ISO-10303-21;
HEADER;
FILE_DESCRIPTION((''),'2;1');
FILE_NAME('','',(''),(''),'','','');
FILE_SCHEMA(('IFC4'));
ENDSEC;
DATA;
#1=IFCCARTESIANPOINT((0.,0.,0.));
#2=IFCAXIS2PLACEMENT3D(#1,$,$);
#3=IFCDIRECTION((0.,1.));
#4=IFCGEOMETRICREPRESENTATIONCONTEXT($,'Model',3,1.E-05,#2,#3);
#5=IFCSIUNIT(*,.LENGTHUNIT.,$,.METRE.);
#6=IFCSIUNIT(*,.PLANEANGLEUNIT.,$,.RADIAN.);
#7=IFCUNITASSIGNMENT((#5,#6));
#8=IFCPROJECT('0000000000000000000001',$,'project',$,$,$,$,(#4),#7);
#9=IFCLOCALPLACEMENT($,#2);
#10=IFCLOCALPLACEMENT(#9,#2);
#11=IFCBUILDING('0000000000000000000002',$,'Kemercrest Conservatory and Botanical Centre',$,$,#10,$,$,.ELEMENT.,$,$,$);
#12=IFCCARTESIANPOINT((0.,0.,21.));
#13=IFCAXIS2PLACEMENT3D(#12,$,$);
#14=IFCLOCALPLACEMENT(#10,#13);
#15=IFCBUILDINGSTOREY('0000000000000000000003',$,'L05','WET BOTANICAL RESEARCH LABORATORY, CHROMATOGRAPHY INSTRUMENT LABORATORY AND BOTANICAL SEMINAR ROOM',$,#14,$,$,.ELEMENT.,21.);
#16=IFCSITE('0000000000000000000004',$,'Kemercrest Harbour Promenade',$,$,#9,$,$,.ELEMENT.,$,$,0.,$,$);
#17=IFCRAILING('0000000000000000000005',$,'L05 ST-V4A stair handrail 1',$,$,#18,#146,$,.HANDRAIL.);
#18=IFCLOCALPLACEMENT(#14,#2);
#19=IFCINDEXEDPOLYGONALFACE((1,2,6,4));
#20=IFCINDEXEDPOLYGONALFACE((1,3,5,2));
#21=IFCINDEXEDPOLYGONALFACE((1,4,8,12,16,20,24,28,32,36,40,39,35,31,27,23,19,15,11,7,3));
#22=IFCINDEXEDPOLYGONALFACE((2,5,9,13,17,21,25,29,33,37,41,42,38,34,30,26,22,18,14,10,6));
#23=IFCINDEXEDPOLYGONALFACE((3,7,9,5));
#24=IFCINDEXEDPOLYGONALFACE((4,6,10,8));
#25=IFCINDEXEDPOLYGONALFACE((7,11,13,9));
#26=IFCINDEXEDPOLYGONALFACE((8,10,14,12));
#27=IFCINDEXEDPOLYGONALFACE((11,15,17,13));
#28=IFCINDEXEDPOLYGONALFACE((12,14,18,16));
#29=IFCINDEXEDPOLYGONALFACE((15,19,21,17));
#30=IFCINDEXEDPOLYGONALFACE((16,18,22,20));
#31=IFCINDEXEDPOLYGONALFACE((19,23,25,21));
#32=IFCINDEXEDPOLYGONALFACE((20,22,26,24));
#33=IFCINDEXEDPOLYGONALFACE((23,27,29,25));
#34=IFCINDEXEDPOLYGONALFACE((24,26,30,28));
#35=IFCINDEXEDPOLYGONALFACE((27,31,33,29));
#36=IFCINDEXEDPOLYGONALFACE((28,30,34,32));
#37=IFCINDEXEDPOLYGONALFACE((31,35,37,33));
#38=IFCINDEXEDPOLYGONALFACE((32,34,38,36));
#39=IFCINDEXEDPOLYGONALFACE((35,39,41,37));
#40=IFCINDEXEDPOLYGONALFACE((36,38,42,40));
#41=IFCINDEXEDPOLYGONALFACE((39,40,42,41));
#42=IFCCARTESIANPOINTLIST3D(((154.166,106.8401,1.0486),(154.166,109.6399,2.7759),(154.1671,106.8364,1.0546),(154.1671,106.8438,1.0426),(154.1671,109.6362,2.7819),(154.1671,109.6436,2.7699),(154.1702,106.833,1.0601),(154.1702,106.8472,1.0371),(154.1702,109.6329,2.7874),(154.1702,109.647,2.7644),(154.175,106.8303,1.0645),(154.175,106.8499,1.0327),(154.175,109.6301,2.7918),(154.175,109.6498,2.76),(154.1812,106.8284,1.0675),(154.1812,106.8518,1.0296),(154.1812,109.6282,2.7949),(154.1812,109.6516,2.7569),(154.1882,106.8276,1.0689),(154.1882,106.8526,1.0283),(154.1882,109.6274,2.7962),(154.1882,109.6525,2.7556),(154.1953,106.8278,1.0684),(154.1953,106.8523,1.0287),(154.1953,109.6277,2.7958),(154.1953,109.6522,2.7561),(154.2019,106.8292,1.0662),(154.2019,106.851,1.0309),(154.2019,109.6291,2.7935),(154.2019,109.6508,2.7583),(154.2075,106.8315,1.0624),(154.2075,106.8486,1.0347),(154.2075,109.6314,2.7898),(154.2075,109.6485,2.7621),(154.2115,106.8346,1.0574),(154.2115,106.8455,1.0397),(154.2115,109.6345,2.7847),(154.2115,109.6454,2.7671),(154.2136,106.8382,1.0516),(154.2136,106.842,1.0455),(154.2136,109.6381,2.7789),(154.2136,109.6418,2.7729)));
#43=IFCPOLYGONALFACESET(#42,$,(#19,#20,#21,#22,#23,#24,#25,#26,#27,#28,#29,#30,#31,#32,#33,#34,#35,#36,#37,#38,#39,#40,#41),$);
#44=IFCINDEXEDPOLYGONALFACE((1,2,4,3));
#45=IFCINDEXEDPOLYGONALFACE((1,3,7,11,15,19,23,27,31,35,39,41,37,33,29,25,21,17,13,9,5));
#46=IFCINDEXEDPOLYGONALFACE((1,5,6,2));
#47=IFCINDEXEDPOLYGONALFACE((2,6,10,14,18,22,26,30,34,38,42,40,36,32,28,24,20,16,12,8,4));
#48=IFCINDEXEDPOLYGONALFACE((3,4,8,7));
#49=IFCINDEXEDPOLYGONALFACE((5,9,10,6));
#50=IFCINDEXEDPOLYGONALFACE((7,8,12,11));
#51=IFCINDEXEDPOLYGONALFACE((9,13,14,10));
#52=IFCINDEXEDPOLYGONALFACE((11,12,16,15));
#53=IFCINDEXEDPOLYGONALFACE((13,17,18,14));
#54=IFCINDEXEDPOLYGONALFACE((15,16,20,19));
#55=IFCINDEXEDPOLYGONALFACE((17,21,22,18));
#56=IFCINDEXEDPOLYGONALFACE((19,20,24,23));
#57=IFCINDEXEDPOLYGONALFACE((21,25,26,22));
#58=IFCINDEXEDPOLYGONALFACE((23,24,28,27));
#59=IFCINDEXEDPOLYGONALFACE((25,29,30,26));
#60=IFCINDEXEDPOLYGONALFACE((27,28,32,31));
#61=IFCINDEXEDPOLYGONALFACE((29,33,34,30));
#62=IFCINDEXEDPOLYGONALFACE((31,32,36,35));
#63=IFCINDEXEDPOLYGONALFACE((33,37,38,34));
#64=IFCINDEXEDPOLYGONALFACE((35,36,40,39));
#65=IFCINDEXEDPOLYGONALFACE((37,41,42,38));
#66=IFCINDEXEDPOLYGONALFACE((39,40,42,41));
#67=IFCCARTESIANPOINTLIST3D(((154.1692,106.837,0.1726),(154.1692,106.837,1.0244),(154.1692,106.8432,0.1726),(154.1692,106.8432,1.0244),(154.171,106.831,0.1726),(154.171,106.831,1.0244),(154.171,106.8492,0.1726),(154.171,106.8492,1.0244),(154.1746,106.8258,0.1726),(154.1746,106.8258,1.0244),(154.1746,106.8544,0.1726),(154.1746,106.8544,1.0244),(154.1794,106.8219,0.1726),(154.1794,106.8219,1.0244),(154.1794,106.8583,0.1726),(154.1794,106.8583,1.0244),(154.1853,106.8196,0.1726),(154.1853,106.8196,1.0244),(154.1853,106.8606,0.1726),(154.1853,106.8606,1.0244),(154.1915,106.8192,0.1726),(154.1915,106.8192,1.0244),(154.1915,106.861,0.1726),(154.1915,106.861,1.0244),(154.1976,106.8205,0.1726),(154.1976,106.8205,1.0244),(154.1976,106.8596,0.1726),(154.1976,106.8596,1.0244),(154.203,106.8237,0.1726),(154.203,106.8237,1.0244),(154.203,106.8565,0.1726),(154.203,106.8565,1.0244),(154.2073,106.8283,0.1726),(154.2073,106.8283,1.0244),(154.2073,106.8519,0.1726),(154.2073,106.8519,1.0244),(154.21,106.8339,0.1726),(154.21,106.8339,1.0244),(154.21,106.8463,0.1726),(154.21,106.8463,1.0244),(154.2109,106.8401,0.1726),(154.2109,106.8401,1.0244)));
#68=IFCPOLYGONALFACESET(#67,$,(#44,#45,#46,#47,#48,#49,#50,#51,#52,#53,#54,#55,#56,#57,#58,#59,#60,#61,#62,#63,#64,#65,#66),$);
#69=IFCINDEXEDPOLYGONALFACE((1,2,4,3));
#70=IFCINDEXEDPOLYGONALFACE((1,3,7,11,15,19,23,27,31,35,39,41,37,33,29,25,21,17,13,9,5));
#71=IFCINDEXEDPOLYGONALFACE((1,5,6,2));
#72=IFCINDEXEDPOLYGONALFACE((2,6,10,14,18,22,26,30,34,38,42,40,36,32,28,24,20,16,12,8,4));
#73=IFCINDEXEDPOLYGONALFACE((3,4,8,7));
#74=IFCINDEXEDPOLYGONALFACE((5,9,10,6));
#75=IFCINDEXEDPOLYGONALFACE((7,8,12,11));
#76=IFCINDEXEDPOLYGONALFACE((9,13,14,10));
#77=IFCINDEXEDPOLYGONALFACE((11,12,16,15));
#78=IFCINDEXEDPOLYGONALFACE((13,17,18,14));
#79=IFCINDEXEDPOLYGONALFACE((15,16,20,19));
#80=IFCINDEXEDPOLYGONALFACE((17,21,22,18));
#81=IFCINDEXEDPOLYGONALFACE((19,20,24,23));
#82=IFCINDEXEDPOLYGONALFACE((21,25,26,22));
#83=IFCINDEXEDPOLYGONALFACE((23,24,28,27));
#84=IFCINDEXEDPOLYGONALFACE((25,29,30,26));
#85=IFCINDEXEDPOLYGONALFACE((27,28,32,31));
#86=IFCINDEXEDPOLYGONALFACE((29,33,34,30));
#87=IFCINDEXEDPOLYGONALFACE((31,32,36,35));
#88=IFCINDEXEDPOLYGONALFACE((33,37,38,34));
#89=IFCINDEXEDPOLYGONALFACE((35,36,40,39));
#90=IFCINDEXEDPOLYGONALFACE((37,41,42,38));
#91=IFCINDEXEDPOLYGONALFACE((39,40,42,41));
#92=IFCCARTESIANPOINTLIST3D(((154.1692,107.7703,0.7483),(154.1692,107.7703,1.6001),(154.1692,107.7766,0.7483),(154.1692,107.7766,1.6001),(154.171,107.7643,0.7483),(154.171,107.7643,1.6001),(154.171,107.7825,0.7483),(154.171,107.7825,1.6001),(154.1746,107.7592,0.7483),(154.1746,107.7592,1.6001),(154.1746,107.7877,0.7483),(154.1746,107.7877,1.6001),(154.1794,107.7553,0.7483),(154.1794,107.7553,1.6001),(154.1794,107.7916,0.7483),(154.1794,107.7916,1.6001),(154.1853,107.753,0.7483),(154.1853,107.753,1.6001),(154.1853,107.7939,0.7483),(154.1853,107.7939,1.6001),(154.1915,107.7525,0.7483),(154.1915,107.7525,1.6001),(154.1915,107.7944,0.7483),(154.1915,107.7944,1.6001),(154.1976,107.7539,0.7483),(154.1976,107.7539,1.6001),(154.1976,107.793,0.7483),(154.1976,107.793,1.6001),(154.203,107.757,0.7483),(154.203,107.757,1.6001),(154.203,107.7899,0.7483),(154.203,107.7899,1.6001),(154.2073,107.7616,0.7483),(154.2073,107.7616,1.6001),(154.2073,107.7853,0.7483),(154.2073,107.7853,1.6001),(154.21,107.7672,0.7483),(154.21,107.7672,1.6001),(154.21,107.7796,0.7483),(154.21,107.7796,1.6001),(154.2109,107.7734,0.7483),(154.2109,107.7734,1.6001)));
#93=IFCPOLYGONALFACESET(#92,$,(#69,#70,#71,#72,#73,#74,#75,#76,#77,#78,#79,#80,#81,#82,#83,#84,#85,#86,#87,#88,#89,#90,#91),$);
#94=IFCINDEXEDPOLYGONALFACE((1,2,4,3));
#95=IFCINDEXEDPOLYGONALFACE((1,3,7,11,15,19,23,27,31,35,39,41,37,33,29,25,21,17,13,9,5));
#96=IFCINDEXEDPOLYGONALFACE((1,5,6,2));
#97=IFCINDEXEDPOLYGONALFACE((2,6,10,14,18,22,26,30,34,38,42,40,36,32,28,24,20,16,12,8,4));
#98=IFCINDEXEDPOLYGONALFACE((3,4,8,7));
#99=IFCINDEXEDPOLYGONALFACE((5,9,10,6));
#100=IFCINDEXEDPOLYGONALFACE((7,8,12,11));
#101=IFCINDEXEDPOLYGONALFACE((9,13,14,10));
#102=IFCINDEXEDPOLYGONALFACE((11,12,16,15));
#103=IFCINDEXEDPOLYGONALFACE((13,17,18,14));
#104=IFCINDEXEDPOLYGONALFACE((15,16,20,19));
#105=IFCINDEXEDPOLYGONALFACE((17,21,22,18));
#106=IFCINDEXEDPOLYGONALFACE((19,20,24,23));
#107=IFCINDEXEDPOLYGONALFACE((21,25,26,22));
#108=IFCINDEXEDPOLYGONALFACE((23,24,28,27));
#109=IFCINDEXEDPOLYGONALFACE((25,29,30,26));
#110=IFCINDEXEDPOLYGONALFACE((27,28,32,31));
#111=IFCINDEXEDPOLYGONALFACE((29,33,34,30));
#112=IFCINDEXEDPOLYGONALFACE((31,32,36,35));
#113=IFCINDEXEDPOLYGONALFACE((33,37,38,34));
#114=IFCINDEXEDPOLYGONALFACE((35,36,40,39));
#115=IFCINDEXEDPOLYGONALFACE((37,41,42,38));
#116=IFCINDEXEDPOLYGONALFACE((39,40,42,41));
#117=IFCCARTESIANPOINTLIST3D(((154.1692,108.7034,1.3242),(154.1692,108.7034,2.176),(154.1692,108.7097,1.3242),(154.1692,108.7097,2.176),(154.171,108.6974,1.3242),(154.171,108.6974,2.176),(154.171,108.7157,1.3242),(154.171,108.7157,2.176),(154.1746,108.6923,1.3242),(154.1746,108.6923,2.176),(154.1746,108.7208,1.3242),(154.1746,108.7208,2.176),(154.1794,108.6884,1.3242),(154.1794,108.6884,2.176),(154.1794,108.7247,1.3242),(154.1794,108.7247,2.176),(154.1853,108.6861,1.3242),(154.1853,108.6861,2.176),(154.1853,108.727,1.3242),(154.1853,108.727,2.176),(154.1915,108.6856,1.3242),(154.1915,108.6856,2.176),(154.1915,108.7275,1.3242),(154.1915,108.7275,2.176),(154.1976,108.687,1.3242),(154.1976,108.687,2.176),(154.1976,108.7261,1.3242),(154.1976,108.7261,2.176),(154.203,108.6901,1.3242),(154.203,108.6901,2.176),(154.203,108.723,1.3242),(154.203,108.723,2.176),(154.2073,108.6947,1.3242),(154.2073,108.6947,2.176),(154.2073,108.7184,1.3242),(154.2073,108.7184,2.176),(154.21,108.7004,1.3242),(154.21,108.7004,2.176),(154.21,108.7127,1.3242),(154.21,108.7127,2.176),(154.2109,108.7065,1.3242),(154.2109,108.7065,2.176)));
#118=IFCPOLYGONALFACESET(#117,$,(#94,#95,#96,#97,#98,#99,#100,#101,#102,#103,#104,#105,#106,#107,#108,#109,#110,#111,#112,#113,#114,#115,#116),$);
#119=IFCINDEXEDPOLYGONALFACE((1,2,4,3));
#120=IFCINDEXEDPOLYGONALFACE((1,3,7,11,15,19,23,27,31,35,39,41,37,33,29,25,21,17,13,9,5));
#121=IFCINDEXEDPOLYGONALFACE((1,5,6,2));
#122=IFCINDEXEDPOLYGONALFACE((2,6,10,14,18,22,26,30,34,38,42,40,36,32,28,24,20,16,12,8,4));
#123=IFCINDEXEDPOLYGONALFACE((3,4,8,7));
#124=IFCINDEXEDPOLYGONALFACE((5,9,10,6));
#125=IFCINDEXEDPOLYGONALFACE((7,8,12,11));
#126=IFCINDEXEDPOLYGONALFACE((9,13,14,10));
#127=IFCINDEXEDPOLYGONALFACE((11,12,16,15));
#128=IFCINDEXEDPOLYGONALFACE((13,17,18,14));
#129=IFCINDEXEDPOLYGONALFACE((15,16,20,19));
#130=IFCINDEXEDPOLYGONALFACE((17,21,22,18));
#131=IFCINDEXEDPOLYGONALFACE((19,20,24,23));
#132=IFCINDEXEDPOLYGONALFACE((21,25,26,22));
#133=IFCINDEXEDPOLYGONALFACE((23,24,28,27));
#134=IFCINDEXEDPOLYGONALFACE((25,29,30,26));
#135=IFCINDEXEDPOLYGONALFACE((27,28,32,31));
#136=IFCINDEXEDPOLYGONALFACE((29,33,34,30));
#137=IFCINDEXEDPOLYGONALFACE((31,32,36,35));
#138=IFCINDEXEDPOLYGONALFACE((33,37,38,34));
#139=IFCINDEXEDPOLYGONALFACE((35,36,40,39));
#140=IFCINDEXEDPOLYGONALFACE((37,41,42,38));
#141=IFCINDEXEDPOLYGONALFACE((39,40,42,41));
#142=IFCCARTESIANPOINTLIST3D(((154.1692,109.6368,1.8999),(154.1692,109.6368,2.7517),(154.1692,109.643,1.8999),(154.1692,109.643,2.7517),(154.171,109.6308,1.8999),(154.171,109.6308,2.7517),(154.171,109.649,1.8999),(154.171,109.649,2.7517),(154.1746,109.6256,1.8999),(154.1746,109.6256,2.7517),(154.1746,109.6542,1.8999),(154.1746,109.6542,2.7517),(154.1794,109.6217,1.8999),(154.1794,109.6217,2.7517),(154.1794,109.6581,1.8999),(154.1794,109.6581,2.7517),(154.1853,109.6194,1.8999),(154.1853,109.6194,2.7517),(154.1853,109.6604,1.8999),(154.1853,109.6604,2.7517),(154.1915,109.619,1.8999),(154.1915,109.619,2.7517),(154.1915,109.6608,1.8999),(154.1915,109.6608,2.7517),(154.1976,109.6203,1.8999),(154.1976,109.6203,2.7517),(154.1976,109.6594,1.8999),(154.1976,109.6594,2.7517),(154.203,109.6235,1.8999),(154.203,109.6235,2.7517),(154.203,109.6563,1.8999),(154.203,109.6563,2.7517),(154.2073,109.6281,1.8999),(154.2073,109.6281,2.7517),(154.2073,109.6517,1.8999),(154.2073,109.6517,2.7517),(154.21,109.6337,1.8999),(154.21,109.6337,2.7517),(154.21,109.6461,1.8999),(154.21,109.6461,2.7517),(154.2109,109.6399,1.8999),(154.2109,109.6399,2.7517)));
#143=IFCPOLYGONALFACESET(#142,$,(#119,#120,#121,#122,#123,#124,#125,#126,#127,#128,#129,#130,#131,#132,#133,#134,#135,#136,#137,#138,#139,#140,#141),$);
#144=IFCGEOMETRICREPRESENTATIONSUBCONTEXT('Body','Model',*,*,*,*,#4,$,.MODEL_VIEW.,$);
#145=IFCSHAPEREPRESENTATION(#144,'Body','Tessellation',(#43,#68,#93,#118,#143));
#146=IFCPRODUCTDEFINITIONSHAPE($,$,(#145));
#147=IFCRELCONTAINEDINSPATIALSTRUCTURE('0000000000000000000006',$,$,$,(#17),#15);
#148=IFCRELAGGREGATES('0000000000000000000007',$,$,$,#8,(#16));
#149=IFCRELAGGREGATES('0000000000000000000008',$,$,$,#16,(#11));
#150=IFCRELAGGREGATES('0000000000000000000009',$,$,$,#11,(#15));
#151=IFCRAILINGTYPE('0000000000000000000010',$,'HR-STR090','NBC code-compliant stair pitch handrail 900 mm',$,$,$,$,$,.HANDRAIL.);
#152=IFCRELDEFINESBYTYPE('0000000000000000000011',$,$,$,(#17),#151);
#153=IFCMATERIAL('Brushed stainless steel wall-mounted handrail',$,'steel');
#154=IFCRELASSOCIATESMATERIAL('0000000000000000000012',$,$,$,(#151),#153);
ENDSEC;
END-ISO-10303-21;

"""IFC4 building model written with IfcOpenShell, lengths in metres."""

from ifc_helpers import new_model, si_unit, direction, frame, origin, origin_2d, place, context, subcontext, project, spatial, circle, extrude, material, type_object, element, save


model = new_model("IFC4")

# Units and contexts
model_context = context("Model", 3, precision=1e-05, world=origin(), true_north=direction((0.0, 1.0)))
body_context = subcontext(model_context, "Body", "Model", "MODEL_VIEW")
ifc_project = project(units=[si_unit("LENGTHUNIT", "METRE"), si_unit("PLANEANGLEUNIT", "RADIAN")], contexts=[model_context])

# Site, building, storey
site_placement = place(None, origin())
site = spatial("IfcSite", under=ifc_project, at=site_placement, Name="Kemercrest Harbour Promenade", CompositionType="ELEMENT", RefElevation=0.0)
building_placement = place(site_placement, origin())
building = spatial("IfcBuilding", under=site, at=building_placement, Name="Kemercrest Conservatory and Botanical Centre", CompositionType="ELEMENT")
storey_placement = place(building_placement, frame((0.0, 0.0, 21.0)))
storey = spatial("IfcBuildingStorey", under=building, at=storey_placement, Name="L05", Description="WET BOTANICAL RESEARCH LABORATORY, CHROMATOGRAPHY INSTRUMENT LABORATORY AND BOTANICAL SEMINAR ROOM", CompositionType="ELEMENT", Elevation=21.0)

# Railing
ifc_material_1 = material(Name="Brushed stainless steel wall-mounted handrail", Category="steel")
railing_type_1 = type_object("IfcRailingType", Name="HR-STR090", Description="NBC code-compliant stair pitch handrail 900 mm", PredefinedType="HANDRAIL", material=ifc_material_1)
railing_1_placement = place(storey_placement, frame((154.1899, 106.8401, 0.1726)))
element("IfcRailing", 1, at=railing_1_placement, inside=storey, type_object=railing_type_1, Name="L05 ST-V4A stair handrail 1", PredefinedType="HANDRAIL", context=body_context, shape_type="SweptSolid", body=[
    extrude(circle(Radius=0.0239, at=origin_2d()), frame((0.0, 0.0, 0.876), z_axis=(0.0, 0.851069, 0.525054), x_axis=(-1.0, 0.0, 0.0)), (0.0, 0.0, 1.0), 3.2898),
    extrude(circle(Radius=0.021, at=origin_2d()), origin(), (0.0, 0.0, 1.0), 0.8518),
    extrude(circle(Radius=0.021, at=origin_2d()), frame((0.0, 0.9333, 0.5757)), (0.0, 0.0, 1.0), 0.8518),
    extrude(circle(Radius=0.021, at=origin_2d()), frame((0.0, 1.8665, 1.1516)), (0.0, 0.0, 1.0), 0.8518),
    extrude(circle(Radius=0.021, at=origin_2d()), frame((0.0, 2.7998, 1.7273)), (0.0, 0.0, 1.0), 0.8518),
])

save(model, "model.ifc")
